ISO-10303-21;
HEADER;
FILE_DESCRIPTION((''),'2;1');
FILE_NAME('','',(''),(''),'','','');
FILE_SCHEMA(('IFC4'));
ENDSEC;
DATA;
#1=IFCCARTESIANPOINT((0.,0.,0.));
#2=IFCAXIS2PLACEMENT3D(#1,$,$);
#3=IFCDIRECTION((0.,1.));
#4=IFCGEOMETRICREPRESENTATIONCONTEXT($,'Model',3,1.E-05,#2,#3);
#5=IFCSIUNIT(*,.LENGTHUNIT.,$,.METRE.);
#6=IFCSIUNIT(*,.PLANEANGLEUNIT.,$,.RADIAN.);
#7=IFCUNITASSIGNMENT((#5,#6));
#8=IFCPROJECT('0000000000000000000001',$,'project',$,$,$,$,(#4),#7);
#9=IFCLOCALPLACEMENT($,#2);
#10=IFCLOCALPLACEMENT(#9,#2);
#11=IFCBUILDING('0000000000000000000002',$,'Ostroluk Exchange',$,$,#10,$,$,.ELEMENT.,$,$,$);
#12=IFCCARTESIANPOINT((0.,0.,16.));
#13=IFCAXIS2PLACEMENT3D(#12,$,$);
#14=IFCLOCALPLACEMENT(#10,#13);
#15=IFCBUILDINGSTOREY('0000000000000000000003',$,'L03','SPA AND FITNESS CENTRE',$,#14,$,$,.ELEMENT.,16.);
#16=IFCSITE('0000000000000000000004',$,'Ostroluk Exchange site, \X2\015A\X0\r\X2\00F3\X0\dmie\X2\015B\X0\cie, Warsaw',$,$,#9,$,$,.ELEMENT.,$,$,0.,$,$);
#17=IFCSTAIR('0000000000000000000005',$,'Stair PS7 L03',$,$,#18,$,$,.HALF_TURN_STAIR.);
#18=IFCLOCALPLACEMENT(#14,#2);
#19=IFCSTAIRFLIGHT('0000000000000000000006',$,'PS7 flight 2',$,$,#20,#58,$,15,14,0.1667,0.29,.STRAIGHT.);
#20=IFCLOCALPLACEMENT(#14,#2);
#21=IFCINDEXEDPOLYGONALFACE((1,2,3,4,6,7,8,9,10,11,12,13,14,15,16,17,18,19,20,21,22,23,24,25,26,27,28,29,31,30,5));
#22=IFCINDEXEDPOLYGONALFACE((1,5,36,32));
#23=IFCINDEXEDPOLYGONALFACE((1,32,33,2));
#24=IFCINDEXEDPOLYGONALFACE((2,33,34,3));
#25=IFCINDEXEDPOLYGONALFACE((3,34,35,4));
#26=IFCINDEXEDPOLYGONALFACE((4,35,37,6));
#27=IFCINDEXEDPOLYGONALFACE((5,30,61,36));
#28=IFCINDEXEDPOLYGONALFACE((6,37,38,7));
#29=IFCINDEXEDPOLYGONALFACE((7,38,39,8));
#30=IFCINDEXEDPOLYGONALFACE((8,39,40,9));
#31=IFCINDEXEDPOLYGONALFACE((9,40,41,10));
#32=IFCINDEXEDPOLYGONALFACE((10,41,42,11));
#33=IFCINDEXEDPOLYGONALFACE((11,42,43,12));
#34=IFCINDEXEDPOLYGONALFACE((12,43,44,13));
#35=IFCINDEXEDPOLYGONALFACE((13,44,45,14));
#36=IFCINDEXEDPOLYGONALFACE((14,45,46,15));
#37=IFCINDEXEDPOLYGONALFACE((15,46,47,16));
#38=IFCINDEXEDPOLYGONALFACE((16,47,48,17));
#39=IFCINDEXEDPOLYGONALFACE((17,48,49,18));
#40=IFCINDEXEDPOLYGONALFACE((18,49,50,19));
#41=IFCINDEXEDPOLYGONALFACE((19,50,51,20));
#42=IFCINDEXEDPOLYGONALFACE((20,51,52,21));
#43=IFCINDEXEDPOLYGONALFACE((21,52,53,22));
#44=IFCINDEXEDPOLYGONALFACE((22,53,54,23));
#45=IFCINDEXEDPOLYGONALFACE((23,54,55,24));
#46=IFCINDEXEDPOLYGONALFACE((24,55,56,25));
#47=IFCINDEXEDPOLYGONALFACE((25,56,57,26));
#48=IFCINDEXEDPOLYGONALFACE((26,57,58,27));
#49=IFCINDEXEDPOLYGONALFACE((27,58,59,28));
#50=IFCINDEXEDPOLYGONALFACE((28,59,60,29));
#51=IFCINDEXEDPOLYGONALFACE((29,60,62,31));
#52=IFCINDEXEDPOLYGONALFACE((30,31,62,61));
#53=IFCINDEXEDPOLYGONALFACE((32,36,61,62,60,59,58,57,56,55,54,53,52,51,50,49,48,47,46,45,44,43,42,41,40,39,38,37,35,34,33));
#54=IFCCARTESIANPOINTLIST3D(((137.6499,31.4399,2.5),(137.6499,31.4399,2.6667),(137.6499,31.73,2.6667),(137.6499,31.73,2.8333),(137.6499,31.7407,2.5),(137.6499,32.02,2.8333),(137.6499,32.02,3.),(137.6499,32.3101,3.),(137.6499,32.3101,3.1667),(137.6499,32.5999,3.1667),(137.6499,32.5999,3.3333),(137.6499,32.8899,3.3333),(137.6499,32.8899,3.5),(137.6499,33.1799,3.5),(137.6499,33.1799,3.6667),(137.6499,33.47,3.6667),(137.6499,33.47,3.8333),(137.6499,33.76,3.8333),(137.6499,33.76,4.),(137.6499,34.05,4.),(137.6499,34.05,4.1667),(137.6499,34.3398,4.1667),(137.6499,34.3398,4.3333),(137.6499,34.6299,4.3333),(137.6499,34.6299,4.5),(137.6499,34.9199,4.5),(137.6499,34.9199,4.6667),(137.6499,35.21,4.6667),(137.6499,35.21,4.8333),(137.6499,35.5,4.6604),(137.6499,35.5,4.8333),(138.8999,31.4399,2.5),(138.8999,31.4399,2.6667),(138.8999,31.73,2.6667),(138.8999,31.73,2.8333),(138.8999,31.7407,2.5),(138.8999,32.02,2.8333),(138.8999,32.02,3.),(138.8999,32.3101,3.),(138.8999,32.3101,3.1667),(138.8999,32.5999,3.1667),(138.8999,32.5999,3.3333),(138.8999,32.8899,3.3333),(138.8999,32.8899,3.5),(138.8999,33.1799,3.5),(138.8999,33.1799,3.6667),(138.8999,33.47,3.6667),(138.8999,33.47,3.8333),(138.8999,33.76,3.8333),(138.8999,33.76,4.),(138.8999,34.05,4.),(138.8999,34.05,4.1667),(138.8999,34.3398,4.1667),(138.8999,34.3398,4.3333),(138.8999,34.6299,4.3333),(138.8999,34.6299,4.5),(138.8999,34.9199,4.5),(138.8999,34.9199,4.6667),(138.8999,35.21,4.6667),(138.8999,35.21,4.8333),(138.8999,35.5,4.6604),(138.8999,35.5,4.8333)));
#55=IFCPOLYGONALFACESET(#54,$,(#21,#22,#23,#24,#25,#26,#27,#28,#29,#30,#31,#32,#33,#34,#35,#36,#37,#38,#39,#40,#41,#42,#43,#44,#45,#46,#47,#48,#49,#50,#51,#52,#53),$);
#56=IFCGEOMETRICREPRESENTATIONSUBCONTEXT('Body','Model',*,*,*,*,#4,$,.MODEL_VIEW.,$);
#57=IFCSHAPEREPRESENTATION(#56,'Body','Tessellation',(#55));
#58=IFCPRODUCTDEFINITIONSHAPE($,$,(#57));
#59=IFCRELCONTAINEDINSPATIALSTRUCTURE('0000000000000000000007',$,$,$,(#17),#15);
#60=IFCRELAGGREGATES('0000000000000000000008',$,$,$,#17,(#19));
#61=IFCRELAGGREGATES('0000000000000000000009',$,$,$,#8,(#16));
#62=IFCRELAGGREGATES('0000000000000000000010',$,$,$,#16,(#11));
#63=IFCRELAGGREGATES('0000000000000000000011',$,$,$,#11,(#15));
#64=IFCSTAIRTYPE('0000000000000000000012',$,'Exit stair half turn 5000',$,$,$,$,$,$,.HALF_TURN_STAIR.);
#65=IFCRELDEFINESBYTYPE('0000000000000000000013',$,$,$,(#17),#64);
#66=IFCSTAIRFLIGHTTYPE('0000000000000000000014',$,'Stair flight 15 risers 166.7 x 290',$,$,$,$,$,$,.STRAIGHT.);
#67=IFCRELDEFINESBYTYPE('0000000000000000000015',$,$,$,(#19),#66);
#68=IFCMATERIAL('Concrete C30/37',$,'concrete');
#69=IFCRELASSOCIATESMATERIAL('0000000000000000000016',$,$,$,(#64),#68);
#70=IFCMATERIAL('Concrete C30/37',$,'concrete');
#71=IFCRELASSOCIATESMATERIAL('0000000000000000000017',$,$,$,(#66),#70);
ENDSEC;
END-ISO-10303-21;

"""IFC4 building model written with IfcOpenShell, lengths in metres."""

from ifc_helpers import new_model, si_unit, direction, frame, origin, place, context, subcontext, project, spatial, polyline, outline, extrude, material, type_object, element, aggregate, save


model = new_model("IFC4")

# Units and contexts
model_context = context("Model", 3, precision=1e-05, world=origin(), true_north=direction((0.0, 1.0)))
body_context = subcontext(model_context, "Body", "Model", "MODEL_VIEW")
ifc_project = project(units=[si_unit("LENGTHUNIT", "METRE"), si_unit("PLANEANGLEUNIT", "RADIAN")], contexts=[model_context])

# Site, building, storey
site_placement = place(None, origin())
site = spatial("IfcSite", under=ifc_project, at=site_placement, Name="Ostroluk Exchange site, Śródmieście, Warsaw", CompositionType="ELEMENT", RefElevation=0.0)
building_placement = place(site_placement, origin())
building = spatial("IfcBuilding", under=site, at=building_placement, Name="Ostroluk Exchange", CompositionType="ELEMENT")
storey_placement = place(building_placement, frame((0.0, 0.0, 16.0)))
storey = spatial("IfcBuildingStorey", under=building, at=storey_placement, Name="L03", Description="SPA AND FITNESS CENTRE", CompositionType="ELEMENT", Elevation=16.0)

# Stair, stair flight
ifc_material_1 = material(Name="Concrete C30/37", Category="concrete")
stair_type = type_object("IfcStairType", Name="Exit stair half turn 5000", PredefinedType="HALF_TURN_STAIR", material=ifc_material_1)
stair_placement = place(storey_placement, origin())
stair = element("IfcStair", 1, at=stair_placement, inside=storey, type_object=stair_type, Name="Stair PS7 L03", PredefinedType="HALF_TURN_STAIR")
ifc_material_2 = material(Name="Concrete C30/37", Category="concrete")
stair_flight_type = type_object("IfcStairFlightType", Name="Stair flight 15 risers 166.7 x 290", PredefinedType="STRAIGHT", material=ifc_material_2)
stair_flight_placement = place(storey_placement, frame((138.2749, 31.4399, 2.5), z_axis=(0.0, 0.0, 1.0), x_axis=(0.0, 1.0, 0.0)))
stair_flight = element("IfcStairFlight", 2, at=stair_flight_placement, type_object=stair_flight_type, Name="PS7 flight 2", NumberOfRisers=15, NumberOfTreads=14, PredefinedType="STRAIGHT", RiserHeight=0.1667, TreadLength=0.29, context=body_context, shape_type="SweptSolid", body=[
    extrude(outline(polyline([(0.0, 0.0), (0.0, 0.1667), (0.29, 0.1667), (0.29, 0.3333), (0.5801, 0.3333), (0.5801, 0.5), (0.8701, 0.5), (0.8701, 0.6667), (1.1599, 0.6667), (1.1599, 0.8333), (1.45, 0.8333), (1.45, 1.0), (1.74, 1.0), (1.74, 1.1667), (2.03, 1.1667), (2.03, 1.3333), (2.3201, 1.3333), (2.3201, 1.5), (2.6101, 1.5), (2.6101, 1.6667), (2.8999, 1.6667), (2.8999, 1.8333), (3.1899, 1.8333), (3.1899, 2.0), (3.48, 2.0), (3.48, 2.1667), (3.77, 2.1667), (3.77, 2.3333), (4.0601, 2.3333), (4.0601, 2.5), (4.0601, 2.1604), (0.3008, 0.0), (0.0, 0.0)])), frame((0.0, 0.625, 0.0), z_axis=(0.0, -1.0, 0.0), x_axis=(1.0, 0.0, 0.0)), (0.0, 0.0, 1.0), 1.25),
])
aggregate(stair, [stair_flight])

save(model, "model.ifc")
